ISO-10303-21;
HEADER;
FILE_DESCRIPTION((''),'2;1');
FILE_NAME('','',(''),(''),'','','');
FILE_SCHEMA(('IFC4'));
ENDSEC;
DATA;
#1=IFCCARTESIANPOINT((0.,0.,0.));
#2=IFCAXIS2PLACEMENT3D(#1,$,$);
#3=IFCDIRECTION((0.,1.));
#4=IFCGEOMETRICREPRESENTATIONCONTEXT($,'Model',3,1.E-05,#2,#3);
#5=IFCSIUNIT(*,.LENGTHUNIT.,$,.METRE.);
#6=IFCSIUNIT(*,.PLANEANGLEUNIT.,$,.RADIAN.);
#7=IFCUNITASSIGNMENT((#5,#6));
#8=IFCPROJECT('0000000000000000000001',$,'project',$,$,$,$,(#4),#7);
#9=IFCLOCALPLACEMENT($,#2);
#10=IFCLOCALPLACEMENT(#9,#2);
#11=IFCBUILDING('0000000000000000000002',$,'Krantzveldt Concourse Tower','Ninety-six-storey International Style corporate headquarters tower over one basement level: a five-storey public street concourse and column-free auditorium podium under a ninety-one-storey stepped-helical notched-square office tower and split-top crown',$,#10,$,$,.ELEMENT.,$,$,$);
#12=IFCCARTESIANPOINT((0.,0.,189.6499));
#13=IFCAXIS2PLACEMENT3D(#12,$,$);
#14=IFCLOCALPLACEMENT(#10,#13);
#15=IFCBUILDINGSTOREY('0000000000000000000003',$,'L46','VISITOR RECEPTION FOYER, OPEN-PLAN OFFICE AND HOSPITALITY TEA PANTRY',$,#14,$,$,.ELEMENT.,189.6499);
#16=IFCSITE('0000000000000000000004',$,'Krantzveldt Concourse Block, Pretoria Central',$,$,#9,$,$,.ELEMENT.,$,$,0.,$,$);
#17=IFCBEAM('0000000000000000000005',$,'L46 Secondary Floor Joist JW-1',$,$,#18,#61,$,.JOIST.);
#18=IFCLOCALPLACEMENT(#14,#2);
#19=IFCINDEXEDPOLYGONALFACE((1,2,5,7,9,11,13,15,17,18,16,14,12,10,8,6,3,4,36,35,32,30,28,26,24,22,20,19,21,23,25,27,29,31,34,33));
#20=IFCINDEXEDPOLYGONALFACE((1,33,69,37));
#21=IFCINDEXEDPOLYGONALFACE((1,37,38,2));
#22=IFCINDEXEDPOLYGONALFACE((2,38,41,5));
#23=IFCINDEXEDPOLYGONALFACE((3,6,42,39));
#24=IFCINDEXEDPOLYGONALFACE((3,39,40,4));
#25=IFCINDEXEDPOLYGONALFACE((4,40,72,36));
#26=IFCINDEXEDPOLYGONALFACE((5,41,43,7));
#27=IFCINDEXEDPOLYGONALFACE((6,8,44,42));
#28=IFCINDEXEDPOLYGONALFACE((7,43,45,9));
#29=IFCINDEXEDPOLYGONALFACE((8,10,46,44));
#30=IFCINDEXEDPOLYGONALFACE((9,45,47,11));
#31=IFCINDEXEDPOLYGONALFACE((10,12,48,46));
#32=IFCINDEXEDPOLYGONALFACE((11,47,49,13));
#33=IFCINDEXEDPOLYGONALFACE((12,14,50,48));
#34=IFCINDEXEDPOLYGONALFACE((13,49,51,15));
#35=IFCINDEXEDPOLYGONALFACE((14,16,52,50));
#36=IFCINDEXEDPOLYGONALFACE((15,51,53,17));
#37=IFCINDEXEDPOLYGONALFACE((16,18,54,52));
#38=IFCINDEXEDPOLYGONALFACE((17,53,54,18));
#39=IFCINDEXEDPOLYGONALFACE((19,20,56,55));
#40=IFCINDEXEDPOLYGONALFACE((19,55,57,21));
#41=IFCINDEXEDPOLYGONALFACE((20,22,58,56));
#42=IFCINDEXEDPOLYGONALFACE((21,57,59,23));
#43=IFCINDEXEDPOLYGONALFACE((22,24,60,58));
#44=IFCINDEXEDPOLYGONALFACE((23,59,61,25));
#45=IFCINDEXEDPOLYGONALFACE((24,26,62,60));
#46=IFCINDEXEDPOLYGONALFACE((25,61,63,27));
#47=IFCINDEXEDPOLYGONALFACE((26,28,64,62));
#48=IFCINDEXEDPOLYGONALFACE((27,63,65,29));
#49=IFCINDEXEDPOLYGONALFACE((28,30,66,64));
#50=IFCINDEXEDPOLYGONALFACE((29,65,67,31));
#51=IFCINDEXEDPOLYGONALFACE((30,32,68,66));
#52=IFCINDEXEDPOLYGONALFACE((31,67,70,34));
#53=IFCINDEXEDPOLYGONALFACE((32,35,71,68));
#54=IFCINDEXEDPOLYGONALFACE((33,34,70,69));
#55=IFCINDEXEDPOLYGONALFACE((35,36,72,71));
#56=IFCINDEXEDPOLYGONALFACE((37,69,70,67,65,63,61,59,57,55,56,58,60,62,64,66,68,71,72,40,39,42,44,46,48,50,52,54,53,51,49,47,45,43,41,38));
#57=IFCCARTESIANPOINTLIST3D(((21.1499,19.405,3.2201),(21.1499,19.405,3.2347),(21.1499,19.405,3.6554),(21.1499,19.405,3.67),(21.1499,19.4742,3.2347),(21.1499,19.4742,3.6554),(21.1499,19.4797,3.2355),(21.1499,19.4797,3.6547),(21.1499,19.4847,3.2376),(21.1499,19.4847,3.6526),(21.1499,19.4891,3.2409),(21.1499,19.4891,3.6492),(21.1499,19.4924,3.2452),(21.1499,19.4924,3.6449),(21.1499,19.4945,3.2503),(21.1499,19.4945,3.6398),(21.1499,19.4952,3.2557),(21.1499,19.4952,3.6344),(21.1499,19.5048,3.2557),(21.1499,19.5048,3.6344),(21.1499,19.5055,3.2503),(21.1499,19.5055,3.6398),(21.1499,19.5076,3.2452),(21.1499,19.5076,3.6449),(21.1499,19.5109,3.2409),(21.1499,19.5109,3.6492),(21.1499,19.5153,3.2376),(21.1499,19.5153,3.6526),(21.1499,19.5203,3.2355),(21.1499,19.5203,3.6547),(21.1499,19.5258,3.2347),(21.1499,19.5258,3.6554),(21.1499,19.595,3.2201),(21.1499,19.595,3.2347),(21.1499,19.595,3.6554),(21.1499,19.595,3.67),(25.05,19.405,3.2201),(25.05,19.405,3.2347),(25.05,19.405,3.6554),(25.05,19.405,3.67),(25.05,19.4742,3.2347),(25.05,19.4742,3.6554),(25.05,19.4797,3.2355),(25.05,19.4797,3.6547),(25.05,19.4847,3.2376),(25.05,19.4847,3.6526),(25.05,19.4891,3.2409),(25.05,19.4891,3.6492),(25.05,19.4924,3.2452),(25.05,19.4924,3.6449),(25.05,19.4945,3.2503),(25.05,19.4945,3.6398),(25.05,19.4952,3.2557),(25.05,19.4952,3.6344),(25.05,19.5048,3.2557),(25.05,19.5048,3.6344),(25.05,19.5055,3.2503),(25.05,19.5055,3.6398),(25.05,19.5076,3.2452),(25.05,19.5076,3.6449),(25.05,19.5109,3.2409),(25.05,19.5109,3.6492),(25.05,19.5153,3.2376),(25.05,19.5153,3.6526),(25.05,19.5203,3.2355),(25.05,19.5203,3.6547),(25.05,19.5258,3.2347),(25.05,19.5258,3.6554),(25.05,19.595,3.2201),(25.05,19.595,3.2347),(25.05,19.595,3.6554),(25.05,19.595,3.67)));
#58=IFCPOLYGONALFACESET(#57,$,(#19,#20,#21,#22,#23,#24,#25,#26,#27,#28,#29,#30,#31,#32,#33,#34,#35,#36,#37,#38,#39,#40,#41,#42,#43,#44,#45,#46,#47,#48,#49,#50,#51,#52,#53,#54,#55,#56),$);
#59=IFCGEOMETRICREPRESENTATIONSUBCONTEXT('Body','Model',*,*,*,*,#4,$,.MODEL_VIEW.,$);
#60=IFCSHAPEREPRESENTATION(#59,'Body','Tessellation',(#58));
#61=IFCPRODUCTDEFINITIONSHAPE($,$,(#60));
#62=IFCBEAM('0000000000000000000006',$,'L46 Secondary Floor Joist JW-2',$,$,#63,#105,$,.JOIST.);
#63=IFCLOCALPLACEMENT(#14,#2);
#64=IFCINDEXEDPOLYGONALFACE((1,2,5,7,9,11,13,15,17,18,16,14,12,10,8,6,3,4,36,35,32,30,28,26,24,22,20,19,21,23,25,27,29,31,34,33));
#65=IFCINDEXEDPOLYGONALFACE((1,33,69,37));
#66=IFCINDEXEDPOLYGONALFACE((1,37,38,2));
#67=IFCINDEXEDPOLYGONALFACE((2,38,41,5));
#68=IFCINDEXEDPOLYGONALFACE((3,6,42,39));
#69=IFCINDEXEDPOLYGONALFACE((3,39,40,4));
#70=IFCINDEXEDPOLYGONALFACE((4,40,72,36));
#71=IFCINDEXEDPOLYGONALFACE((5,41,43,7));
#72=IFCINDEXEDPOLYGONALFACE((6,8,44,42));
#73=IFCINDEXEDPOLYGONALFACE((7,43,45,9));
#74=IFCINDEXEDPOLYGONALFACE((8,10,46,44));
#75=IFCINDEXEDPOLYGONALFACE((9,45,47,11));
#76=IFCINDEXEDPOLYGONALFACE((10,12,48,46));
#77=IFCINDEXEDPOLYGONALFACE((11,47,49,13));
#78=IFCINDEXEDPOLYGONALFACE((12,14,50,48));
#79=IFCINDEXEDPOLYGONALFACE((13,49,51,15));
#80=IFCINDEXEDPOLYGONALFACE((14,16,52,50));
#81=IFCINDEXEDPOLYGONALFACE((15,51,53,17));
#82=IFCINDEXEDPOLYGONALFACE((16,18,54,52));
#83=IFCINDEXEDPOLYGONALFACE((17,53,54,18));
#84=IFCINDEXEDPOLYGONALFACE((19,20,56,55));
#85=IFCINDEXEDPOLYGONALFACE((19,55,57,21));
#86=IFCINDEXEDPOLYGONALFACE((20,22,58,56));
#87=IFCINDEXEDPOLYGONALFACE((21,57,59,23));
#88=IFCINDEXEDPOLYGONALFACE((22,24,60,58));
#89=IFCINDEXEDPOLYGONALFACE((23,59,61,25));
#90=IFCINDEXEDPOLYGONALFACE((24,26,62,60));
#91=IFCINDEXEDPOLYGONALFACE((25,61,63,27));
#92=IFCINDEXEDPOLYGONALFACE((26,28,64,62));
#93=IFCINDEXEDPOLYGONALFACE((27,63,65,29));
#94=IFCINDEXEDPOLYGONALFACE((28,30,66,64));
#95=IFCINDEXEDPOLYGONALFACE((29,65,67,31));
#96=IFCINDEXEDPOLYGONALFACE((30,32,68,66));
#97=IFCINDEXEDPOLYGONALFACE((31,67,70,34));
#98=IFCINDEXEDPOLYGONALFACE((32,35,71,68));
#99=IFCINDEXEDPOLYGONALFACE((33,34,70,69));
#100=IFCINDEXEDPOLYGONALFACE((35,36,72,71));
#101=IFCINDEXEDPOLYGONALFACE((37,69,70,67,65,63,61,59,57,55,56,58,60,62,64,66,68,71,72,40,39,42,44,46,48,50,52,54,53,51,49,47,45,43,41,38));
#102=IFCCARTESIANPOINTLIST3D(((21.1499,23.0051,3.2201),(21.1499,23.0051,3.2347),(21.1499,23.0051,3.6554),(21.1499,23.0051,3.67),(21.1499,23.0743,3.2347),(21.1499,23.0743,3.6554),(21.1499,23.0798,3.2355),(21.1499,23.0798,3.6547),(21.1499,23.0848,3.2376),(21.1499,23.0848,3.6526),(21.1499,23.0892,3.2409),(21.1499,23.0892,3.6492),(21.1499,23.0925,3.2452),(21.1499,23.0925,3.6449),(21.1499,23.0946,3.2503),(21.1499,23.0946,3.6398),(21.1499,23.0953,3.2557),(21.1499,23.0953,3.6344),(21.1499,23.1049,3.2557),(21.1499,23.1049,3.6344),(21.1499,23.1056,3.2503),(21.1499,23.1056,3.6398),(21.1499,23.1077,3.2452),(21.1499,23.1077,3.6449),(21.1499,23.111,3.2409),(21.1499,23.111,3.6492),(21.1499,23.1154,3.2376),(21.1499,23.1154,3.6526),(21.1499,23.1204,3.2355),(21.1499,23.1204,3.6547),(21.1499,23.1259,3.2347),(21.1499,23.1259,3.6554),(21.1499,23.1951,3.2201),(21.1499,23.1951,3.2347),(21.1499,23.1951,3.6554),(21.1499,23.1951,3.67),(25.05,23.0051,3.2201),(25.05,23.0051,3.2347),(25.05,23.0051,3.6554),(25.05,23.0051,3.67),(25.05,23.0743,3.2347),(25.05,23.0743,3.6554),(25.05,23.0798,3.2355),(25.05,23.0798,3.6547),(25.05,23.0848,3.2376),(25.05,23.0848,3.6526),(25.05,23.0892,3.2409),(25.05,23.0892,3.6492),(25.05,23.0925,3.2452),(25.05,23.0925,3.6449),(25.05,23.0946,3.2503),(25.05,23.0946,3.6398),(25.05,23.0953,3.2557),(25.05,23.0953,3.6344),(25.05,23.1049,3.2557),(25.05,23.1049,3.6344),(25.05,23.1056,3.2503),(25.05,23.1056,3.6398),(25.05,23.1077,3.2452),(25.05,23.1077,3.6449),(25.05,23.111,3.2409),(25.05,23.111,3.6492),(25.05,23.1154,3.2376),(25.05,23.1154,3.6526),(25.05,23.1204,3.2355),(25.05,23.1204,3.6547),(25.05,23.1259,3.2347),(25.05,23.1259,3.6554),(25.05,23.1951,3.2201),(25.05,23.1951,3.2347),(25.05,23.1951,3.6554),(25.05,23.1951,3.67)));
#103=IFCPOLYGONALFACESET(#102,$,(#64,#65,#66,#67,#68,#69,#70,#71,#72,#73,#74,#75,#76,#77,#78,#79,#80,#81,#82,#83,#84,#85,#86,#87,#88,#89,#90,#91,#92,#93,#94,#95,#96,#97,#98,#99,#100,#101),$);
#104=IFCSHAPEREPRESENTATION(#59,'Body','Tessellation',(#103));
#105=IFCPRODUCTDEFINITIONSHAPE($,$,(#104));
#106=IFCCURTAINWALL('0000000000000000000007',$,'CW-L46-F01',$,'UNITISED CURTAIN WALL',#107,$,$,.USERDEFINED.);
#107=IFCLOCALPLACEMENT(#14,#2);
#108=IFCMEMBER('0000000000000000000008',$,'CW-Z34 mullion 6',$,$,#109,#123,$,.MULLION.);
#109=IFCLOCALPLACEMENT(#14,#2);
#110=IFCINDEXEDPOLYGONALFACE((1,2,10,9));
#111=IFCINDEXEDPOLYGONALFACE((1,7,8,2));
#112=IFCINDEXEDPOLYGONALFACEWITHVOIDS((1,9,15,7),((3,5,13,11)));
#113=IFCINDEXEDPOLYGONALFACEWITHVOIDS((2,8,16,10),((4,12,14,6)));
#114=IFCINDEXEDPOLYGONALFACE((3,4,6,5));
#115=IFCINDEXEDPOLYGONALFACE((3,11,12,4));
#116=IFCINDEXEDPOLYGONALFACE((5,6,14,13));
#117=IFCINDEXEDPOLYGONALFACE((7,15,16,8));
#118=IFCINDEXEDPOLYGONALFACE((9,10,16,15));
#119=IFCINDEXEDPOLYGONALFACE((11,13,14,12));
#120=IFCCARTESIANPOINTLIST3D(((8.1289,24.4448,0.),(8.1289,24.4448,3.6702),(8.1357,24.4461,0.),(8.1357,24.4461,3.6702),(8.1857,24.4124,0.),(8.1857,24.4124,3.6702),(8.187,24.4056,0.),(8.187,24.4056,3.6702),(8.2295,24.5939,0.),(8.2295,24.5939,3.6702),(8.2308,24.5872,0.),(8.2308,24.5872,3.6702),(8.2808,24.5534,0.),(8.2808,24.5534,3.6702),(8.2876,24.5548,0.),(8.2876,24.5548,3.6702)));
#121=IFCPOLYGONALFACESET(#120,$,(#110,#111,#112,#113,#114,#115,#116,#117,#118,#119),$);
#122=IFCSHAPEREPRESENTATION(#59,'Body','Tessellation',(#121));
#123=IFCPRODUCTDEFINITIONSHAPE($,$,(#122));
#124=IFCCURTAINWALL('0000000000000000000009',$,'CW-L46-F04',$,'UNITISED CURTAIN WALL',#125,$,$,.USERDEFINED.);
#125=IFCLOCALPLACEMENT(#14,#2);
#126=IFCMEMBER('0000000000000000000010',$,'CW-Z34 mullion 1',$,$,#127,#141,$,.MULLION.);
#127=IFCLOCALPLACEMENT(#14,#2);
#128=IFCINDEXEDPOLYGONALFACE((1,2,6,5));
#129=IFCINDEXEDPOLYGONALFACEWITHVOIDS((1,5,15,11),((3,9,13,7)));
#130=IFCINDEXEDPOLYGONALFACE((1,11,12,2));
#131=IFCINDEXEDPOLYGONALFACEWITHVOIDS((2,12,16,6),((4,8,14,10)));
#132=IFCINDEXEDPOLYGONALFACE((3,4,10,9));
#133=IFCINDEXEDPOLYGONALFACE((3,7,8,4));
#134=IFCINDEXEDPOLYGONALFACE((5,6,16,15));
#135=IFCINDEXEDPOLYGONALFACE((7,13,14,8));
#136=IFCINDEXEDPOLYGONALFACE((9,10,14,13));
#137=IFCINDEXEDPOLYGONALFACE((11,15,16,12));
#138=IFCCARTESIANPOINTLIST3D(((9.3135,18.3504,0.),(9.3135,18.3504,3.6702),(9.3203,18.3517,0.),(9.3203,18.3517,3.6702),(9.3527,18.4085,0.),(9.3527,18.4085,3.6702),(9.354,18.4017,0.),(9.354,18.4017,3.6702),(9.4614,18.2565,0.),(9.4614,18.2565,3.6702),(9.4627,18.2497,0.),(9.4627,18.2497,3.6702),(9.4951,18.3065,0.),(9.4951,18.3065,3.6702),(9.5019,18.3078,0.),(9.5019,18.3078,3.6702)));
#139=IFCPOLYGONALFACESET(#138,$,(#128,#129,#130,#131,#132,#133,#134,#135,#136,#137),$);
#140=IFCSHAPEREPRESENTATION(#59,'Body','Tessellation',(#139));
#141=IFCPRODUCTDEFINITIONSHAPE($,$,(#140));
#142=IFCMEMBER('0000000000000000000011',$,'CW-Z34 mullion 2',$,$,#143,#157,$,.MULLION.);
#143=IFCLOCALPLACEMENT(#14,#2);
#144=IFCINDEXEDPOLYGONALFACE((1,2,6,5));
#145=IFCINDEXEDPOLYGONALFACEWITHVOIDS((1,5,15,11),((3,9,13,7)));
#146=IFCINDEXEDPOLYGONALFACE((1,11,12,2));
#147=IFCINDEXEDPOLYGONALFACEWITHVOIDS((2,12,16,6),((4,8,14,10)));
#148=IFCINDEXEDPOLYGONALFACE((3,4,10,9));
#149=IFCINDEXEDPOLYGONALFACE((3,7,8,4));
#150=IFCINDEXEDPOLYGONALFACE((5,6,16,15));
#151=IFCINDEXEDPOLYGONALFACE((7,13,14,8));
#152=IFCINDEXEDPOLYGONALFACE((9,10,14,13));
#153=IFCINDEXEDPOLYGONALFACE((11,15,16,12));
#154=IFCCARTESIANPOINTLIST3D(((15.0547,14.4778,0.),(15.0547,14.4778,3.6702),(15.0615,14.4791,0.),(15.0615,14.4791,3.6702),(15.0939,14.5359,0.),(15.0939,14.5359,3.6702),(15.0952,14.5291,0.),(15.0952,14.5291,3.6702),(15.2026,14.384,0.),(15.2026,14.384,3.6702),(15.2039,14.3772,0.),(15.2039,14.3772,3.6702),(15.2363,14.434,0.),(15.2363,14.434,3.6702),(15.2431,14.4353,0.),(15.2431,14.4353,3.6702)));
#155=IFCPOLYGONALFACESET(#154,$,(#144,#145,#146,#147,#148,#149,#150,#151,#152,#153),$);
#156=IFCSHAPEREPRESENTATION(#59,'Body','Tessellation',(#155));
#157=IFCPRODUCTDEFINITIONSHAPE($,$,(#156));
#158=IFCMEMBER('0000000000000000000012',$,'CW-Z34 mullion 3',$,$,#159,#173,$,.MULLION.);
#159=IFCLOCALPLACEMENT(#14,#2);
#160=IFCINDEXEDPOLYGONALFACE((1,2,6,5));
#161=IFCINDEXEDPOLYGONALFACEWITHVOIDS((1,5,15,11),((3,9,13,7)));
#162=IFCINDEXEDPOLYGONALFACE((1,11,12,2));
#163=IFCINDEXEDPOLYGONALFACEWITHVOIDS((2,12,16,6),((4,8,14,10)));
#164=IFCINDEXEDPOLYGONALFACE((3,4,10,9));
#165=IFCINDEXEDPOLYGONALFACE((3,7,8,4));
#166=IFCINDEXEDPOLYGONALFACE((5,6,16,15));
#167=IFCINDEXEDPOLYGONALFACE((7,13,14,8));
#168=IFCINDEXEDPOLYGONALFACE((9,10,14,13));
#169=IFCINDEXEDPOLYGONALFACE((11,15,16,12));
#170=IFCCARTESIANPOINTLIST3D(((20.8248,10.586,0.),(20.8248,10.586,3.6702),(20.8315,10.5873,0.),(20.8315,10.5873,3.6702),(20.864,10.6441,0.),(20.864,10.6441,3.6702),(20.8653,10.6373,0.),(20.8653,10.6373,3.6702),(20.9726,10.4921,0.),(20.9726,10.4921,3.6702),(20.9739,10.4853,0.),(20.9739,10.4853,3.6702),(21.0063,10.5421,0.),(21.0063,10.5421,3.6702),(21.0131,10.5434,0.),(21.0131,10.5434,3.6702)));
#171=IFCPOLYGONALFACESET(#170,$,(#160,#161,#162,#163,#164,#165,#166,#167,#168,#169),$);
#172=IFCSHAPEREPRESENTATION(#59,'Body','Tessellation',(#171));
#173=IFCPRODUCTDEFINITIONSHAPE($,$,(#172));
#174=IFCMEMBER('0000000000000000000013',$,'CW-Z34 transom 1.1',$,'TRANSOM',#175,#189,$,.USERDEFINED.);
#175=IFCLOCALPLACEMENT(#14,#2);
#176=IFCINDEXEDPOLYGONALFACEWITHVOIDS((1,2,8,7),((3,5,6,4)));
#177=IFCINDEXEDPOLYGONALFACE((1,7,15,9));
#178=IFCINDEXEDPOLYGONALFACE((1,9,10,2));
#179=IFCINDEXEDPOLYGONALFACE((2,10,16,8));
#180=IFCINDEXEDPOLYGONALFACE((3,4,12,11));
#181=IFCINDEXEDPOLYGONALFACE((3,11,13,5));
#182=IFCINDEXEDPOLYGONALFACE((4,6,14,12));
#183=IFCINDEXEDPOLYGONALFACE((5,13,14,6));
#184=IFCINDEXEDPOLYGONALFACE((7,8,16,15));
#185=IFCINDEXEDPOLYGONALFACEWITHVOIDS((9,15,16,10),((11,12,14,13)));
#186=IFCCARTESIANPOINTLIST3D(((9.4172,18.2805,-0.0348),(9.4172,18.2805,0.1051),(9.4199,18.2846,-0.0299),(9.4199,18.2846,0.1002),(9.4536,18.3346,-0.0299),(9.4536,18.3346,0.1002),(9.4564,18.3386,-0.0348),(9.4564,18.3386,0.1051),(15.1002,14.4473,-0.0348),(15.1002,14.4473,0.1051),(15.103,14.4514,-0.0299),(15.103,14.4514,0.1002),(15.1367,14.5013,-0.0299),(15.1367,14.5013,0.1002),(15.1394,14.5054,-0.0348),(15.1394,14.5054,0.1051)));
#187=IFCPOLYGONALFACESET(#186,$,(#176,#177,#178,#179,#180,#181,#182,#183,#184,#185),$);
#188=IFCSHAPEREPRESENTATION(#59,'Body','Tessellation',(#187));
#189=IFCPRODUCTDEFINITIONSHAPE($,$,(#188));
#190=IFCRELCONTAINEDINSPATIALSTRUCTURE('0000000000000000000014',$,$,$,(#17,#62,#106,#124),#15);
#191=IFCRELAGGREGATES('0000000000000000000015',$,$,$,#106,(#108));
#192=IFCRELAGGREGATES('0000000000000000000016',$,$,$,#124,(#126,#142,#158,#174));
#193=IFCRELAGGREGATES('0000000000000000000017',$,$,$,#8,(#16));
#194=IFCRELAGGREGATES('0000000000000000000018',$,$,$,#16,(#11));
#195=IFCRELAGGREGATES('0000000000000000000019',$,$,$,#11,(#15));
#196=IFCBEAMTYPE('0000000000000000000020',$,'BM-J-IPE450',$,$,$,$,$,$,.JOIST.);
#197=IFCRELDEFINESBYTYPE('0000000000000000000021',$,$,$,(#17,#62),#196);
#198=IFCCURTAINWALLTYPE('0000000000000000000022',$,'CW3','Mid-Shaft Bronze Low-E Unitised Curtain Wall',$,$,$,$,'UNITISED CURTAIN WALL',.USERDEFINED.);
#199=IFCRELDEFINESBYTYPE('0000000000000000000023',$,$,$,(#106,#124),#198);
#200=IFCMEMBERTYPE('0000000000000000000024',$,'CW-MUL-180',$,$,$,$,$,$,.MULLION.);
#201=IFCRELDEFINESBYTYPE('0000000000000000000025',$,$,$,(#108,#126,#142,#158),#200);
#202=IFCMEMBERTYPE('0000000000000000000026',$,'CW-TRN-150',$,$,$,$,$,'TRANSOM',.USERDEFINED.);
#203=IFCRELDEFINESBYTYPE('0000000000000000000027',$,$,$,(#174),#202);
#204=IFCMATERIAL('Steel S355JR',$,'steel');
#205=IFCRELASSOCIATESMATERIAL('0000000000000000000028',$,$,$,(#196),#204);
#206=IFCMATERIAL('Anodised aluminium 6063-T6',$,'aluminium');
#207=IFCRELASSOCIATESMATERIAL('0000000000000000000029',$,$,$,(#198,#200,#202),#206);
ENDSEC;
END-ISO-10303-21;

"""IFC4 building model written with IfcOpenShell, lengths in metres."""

from ifc_helpers import new_model, si_unit, direction, frame, origin, origin_2d, place, context, subcontext, project, spatial, hollow_rectangle, i_section, extrude, source, transform, mapped, material, material_profile, profile_set, type_object, type_shapes, element, aggregate, save


model = new_model("IFC4")

# Units and contexts
model_context = context("Model", 3, precision=1e-05, world=origin(), true_north=direction((0.0, 1.0)))
body_context = subcontext(model_context, "Body", "Model", "MODEL_VIEW")
ifc_project = project(units=[si_unit("LENGTHUNIT", "METRE"), si_unit("PLANEANGLEUNIT", "RADIAN")], contexts=[model_context])

# Site, building, storey
site_placement = place(None, origin())
site = spatial("IfcSite", under=ifc_project, at=site_placement, Name="Krantzveldt Concourse Block, Pretoria Central", CompositionType="ELEMENT", RefElevation=0.0)
building_placement = place(site_placement, origin())
building = spatial("IfcBuilding", under=site, at=building_placement, Name="Krantzveldt Concourse Tower", Description="Ninety-six-storey International Style corporate headquarters tower over one basement level: a five-storey public street concourse and column-free auditorium podium under a ninety-one-storey stepped-helical notched-square office tower and split-top crown", CompositionType="ELEMENT")
storey_placement = place(building_placement, frame((0.0, 0.0, 189.6499)))
storey = spatial("IfcBuildingStorey", under=building, at=storey_placement, Name="L46", Description="VISITOR RECEPTION FOYER, OPEN-PLAN OFFICE AND HOSPITALITY TEA PANTRY", CompositionType="ELEMENT", Elevation=189.6499)

# Beams
ifc_material_1 = material(Name="Steel S355JR", Category="steel")
ifc_material_profile_1 = material_profile(ifc_material_1, i_section(OverallWidth=0.1899, OverallDepth=0.45, WebThickness=0.0095, FlangeThickness=0.0146, FilletRadius=0.021, at=origin_2d()), Name="Steel S355JR", Category="steel")
ifc_profile_set_1 = profile_set([ifc_material_profile_1], Name="Steel S355JR - IPE 450")
beam_type_1 = type_object("IfcBeamType", Name="BM-J-IPE450", PredefinedType="JOIST", material=ifc_profile_set_1)
shared_shape_1 = source(origin(), body_context, "Body", "SweptSolid", [
    extrude(i_section(OverallWidth=0.1899, OverallDepth=0.45, WebThickness=0.0095, FlangeThickness=0.0146, FilletRadius=0.021, at=origin_2d()), origin(), (0.0, 0.0, 1.0), 3.9001),
])
type_shapes(beam_type_1, [shared_shape_1])
for number, where, z_axis, x_axis, name in (
    (1, (21.1499, 19.5, 3.4451), (1.0, 0.0, 0.0), (0.0, 1.0, 0.0), "L46 Secondary Floor Joist JW-1"),
    (2, (21.1499, 23.1001, 3.4451), (1.0, 0.0, 0.0), (0.0, 1.0, 0.0), "L46 Secondary Floor Joist JW-2"),
):
    element("IfcBeam", number, at=place(storey_placement, frame(where, z_axis=z_axis, x_axis=x_axis)), inside=storey, type_object=beam_type_1, Name=name, PredefinedType="JOIST", context=body_context, shape_type="MappedRepresentation", body=[
        mapped(shared_shape_1, transform((0.0, 0.0, 0.0), x_axis=(1.0, 0.0, 0.0), y_axis=(0.0, 1.0, 0.0), z_axis=(0.0, 0.0, 1.0), scale=1.0)),
    ])

# Curtain wall, member
ifc_material_2 = material(Name="Anodised aluminium 6063-T6", Category="aluminium")
curtain_wall_type = type_object("IfcCurtainWallType", Name="CW3", Description="Mid-Shaft Bronze Low-E Unitised Curtain Wall", ElementType="UNITISED CURTAIN WALL", PredefinedType="USERDEFINED", material=ifc_material_2)
curtain_wall_1_placement = place(storey_placement, origin())
curtain_wall_1 = element("IfcCurtainWall", 3, at=curtain_wall_1_placement, inside=storey, type_object=curtain_wall_type, Name="CW-L46-F01", ObjectType="UNITISED CURTAIN WALL", PredefinedType="USERDEFINED")
ifc_material_profile_2 = material_profile(ifc_material_2, hollow_rectangle(XDim=0.0701, YDim=0.1799, WallThickness=0.0049, at=origin_2d()), Name="Anodised aluminium 6063-T6", Category="aluminium")
ifc_profile_set_2 = profile_set([ifc_material_profile_2], Name="Anodised aluminium 6063-T6 - ALU-MULL 180x70x5")
member_type_1 = type_object("IfcMemberType", Name="CW-MUL-180", PredefinedType="MULLION", material=ifc_profile_set_2)
shared_shape_2 = source(origin(), body_context, "Body", "SweptSolid", [
    extrude(hollow_rectangle(XDim=0.0701, YDim=0.1799, WallThickness=0.0049, at=origin_2d()), origin(), (0.0, 0.0, 1.0), 3.6702),
])
type_shapes(member_type_1, [shared_shape_2])
member_1_placement = place(storey_placement, frame((8.2083, 24.4998, 0.0), z_axis=(0.0, 0.0, 1.0), x_axis=(0.829038, -0.559193, 0.0)))
member_1 = element("IfcMember", 4, at=member_1_placement, type_object=member_type_1, Name="CW-Z34 mullion 6", PredefinedType="MULLION", context=body_context, shape_type="MappedRepresentation", body=[
    mapped(shared_shape_2, transform((0.0, 0.0, 0.0), x_axis=(1.0, 0.0, 0.0), y_axis=(0.0, 1.0, 0.0), z_axis=(0.0, 0.0, 1.0), scale=1.0)),
])
aggregate(curtain_wall_1, [member_1])

# Curtain wall, members
curtain_wall_2_placement = place(storey_placement, origin())
curtain_wall_2 = element("IfcCurtainWall", 5, at=curtain_wall_2_placement, inside=storey, type_object=curtain_wall_type, Name="CW-L46-F04", ObjectType="UNITISED CURTAIN WALL", PredefinedType="USERDEFINED")
member_2_placement = place(storey_placement, frame((9.4077, 18.3291, 0.0), z_axis=(0.0, 0.0, 1.0), x_axis=(0.559193, 0.829038, 0.0)))
member_2 = element("IfcMember", 6, at=member_2_placement, type_object=member_type_1, Name="CW-Z34 mullion 1", PredefinedType="MULLION", context=body_context, shape_type="MappedRepresentation", body=[
    mapped(shared_shape_2, transform((0.0, 0.0, 0.0), x_axis=(1.0, 0.0, 0.0), y_axis=(0.0, 1.0, 0.0), z_axis=(0.0, 0.0, 1.0), scale=1.0)),
])
member_3_placement = place(storey_placement, frame((15.1489, 14.4565, 0.0), z_axis=(0.0, 0.0, 1.0), x_axis=(0.559193, 0.829038, 0.0)))
member_3 = element("IfcMember", 7, at=member_3_placement, type_object=member_type_1, Name="CW-Z34 mullion 2", PredefinedType="MULLION", context=body_context, shape_type="MappedRepresentation", body=[
    mapped(shared_shape_2, transform((0.0, 0.0, 0.0), x_axis=(1.0, 0.0, 0.0), y_axis=(0.0, 1.0, 0.0), z_axis=(0.0, 0.0, 1.0), scale=1.0)),
])
member_4_placement = place(storey_placement, frame((20.9189, 10.5647, 0.0), z_axis=(0.0, 0.0, 1.0), x_axis=(0.559193, 0.829038, 0.0)))
member_4 = element("IfcMember", 8, at=member_4_placement, type_object=member_type_1, Name="CW-Z34 mullion 3", PredefinedType="MULLION", context=body_context, shape_type="MappedRepresentation", body=[
    mapped(shared_shape_2, transform((0.0, 0.0, 0.0), x_axis=(1.0, 0.0, 0.0), y_axis=(0.0, 1.0, 0.0), z_axis=(0.0, 0.0, 1.0), scale=1.0)),
])
ifc_material_profile_3 = material_profile(ifc_material_2, hollow_rectangle(XDim=0.0701, YDim=0.1399, WallThickness=0.0049, at=origin_2d()), Name="Anodised aluminium 6063-T6", Category="aluminium")
ifc_profile_set_3 = profile_set([ifc_material_profile_3], Name="Anodised aluminium 6063-T6 - ALU-TRAN 140x70x5")
member_type_2 = type_object("IfcMemberType", Name="CW-TRN-150", ElementType="TRANSOM", PredefinedType="USERDEFINED", material=ifc_profile_set_3)
shared_shape_3 = source(origin(), body_context, "Body", "SweptSolid", [
    extrude(hollow_rectangle(XDim=0.0701, YDim=0.1399, WallThickness=0.0049, at=origin_2d()), origin(), (0.0, 0.0, 1.0), 6.855),
])
member_5_placement = place(storey_placement, frame((9.4368, 18.3096, 0.0352), z_axis=(0.829041, -0.559188, 0.0), x_axis=(0.559188, 0.829041, 0.0)))
member_5 = element("IfcMember", 9, at=member_5_placement, type_object=member_type_2, Name="CW-Z34 transom 1.1", ObjectType="TRANSOM", PredefinedType="USERDEFINED", context=body_context, shape_type="MappedRepresentation", body=[
    mapped(shared_shape_3, transform((0.0, 0.0, 0.0), x_axis=(1.0, 0.0, 0.0), y_axis=(0.0, 1.0, 0.0), z_axis=(0.0, 0.0, 1.0), scale=1.0)),
])

aggregate(curtain_wall_2, [member_2, member_3, member_4, member_5])

save(model, "model.ifc")
